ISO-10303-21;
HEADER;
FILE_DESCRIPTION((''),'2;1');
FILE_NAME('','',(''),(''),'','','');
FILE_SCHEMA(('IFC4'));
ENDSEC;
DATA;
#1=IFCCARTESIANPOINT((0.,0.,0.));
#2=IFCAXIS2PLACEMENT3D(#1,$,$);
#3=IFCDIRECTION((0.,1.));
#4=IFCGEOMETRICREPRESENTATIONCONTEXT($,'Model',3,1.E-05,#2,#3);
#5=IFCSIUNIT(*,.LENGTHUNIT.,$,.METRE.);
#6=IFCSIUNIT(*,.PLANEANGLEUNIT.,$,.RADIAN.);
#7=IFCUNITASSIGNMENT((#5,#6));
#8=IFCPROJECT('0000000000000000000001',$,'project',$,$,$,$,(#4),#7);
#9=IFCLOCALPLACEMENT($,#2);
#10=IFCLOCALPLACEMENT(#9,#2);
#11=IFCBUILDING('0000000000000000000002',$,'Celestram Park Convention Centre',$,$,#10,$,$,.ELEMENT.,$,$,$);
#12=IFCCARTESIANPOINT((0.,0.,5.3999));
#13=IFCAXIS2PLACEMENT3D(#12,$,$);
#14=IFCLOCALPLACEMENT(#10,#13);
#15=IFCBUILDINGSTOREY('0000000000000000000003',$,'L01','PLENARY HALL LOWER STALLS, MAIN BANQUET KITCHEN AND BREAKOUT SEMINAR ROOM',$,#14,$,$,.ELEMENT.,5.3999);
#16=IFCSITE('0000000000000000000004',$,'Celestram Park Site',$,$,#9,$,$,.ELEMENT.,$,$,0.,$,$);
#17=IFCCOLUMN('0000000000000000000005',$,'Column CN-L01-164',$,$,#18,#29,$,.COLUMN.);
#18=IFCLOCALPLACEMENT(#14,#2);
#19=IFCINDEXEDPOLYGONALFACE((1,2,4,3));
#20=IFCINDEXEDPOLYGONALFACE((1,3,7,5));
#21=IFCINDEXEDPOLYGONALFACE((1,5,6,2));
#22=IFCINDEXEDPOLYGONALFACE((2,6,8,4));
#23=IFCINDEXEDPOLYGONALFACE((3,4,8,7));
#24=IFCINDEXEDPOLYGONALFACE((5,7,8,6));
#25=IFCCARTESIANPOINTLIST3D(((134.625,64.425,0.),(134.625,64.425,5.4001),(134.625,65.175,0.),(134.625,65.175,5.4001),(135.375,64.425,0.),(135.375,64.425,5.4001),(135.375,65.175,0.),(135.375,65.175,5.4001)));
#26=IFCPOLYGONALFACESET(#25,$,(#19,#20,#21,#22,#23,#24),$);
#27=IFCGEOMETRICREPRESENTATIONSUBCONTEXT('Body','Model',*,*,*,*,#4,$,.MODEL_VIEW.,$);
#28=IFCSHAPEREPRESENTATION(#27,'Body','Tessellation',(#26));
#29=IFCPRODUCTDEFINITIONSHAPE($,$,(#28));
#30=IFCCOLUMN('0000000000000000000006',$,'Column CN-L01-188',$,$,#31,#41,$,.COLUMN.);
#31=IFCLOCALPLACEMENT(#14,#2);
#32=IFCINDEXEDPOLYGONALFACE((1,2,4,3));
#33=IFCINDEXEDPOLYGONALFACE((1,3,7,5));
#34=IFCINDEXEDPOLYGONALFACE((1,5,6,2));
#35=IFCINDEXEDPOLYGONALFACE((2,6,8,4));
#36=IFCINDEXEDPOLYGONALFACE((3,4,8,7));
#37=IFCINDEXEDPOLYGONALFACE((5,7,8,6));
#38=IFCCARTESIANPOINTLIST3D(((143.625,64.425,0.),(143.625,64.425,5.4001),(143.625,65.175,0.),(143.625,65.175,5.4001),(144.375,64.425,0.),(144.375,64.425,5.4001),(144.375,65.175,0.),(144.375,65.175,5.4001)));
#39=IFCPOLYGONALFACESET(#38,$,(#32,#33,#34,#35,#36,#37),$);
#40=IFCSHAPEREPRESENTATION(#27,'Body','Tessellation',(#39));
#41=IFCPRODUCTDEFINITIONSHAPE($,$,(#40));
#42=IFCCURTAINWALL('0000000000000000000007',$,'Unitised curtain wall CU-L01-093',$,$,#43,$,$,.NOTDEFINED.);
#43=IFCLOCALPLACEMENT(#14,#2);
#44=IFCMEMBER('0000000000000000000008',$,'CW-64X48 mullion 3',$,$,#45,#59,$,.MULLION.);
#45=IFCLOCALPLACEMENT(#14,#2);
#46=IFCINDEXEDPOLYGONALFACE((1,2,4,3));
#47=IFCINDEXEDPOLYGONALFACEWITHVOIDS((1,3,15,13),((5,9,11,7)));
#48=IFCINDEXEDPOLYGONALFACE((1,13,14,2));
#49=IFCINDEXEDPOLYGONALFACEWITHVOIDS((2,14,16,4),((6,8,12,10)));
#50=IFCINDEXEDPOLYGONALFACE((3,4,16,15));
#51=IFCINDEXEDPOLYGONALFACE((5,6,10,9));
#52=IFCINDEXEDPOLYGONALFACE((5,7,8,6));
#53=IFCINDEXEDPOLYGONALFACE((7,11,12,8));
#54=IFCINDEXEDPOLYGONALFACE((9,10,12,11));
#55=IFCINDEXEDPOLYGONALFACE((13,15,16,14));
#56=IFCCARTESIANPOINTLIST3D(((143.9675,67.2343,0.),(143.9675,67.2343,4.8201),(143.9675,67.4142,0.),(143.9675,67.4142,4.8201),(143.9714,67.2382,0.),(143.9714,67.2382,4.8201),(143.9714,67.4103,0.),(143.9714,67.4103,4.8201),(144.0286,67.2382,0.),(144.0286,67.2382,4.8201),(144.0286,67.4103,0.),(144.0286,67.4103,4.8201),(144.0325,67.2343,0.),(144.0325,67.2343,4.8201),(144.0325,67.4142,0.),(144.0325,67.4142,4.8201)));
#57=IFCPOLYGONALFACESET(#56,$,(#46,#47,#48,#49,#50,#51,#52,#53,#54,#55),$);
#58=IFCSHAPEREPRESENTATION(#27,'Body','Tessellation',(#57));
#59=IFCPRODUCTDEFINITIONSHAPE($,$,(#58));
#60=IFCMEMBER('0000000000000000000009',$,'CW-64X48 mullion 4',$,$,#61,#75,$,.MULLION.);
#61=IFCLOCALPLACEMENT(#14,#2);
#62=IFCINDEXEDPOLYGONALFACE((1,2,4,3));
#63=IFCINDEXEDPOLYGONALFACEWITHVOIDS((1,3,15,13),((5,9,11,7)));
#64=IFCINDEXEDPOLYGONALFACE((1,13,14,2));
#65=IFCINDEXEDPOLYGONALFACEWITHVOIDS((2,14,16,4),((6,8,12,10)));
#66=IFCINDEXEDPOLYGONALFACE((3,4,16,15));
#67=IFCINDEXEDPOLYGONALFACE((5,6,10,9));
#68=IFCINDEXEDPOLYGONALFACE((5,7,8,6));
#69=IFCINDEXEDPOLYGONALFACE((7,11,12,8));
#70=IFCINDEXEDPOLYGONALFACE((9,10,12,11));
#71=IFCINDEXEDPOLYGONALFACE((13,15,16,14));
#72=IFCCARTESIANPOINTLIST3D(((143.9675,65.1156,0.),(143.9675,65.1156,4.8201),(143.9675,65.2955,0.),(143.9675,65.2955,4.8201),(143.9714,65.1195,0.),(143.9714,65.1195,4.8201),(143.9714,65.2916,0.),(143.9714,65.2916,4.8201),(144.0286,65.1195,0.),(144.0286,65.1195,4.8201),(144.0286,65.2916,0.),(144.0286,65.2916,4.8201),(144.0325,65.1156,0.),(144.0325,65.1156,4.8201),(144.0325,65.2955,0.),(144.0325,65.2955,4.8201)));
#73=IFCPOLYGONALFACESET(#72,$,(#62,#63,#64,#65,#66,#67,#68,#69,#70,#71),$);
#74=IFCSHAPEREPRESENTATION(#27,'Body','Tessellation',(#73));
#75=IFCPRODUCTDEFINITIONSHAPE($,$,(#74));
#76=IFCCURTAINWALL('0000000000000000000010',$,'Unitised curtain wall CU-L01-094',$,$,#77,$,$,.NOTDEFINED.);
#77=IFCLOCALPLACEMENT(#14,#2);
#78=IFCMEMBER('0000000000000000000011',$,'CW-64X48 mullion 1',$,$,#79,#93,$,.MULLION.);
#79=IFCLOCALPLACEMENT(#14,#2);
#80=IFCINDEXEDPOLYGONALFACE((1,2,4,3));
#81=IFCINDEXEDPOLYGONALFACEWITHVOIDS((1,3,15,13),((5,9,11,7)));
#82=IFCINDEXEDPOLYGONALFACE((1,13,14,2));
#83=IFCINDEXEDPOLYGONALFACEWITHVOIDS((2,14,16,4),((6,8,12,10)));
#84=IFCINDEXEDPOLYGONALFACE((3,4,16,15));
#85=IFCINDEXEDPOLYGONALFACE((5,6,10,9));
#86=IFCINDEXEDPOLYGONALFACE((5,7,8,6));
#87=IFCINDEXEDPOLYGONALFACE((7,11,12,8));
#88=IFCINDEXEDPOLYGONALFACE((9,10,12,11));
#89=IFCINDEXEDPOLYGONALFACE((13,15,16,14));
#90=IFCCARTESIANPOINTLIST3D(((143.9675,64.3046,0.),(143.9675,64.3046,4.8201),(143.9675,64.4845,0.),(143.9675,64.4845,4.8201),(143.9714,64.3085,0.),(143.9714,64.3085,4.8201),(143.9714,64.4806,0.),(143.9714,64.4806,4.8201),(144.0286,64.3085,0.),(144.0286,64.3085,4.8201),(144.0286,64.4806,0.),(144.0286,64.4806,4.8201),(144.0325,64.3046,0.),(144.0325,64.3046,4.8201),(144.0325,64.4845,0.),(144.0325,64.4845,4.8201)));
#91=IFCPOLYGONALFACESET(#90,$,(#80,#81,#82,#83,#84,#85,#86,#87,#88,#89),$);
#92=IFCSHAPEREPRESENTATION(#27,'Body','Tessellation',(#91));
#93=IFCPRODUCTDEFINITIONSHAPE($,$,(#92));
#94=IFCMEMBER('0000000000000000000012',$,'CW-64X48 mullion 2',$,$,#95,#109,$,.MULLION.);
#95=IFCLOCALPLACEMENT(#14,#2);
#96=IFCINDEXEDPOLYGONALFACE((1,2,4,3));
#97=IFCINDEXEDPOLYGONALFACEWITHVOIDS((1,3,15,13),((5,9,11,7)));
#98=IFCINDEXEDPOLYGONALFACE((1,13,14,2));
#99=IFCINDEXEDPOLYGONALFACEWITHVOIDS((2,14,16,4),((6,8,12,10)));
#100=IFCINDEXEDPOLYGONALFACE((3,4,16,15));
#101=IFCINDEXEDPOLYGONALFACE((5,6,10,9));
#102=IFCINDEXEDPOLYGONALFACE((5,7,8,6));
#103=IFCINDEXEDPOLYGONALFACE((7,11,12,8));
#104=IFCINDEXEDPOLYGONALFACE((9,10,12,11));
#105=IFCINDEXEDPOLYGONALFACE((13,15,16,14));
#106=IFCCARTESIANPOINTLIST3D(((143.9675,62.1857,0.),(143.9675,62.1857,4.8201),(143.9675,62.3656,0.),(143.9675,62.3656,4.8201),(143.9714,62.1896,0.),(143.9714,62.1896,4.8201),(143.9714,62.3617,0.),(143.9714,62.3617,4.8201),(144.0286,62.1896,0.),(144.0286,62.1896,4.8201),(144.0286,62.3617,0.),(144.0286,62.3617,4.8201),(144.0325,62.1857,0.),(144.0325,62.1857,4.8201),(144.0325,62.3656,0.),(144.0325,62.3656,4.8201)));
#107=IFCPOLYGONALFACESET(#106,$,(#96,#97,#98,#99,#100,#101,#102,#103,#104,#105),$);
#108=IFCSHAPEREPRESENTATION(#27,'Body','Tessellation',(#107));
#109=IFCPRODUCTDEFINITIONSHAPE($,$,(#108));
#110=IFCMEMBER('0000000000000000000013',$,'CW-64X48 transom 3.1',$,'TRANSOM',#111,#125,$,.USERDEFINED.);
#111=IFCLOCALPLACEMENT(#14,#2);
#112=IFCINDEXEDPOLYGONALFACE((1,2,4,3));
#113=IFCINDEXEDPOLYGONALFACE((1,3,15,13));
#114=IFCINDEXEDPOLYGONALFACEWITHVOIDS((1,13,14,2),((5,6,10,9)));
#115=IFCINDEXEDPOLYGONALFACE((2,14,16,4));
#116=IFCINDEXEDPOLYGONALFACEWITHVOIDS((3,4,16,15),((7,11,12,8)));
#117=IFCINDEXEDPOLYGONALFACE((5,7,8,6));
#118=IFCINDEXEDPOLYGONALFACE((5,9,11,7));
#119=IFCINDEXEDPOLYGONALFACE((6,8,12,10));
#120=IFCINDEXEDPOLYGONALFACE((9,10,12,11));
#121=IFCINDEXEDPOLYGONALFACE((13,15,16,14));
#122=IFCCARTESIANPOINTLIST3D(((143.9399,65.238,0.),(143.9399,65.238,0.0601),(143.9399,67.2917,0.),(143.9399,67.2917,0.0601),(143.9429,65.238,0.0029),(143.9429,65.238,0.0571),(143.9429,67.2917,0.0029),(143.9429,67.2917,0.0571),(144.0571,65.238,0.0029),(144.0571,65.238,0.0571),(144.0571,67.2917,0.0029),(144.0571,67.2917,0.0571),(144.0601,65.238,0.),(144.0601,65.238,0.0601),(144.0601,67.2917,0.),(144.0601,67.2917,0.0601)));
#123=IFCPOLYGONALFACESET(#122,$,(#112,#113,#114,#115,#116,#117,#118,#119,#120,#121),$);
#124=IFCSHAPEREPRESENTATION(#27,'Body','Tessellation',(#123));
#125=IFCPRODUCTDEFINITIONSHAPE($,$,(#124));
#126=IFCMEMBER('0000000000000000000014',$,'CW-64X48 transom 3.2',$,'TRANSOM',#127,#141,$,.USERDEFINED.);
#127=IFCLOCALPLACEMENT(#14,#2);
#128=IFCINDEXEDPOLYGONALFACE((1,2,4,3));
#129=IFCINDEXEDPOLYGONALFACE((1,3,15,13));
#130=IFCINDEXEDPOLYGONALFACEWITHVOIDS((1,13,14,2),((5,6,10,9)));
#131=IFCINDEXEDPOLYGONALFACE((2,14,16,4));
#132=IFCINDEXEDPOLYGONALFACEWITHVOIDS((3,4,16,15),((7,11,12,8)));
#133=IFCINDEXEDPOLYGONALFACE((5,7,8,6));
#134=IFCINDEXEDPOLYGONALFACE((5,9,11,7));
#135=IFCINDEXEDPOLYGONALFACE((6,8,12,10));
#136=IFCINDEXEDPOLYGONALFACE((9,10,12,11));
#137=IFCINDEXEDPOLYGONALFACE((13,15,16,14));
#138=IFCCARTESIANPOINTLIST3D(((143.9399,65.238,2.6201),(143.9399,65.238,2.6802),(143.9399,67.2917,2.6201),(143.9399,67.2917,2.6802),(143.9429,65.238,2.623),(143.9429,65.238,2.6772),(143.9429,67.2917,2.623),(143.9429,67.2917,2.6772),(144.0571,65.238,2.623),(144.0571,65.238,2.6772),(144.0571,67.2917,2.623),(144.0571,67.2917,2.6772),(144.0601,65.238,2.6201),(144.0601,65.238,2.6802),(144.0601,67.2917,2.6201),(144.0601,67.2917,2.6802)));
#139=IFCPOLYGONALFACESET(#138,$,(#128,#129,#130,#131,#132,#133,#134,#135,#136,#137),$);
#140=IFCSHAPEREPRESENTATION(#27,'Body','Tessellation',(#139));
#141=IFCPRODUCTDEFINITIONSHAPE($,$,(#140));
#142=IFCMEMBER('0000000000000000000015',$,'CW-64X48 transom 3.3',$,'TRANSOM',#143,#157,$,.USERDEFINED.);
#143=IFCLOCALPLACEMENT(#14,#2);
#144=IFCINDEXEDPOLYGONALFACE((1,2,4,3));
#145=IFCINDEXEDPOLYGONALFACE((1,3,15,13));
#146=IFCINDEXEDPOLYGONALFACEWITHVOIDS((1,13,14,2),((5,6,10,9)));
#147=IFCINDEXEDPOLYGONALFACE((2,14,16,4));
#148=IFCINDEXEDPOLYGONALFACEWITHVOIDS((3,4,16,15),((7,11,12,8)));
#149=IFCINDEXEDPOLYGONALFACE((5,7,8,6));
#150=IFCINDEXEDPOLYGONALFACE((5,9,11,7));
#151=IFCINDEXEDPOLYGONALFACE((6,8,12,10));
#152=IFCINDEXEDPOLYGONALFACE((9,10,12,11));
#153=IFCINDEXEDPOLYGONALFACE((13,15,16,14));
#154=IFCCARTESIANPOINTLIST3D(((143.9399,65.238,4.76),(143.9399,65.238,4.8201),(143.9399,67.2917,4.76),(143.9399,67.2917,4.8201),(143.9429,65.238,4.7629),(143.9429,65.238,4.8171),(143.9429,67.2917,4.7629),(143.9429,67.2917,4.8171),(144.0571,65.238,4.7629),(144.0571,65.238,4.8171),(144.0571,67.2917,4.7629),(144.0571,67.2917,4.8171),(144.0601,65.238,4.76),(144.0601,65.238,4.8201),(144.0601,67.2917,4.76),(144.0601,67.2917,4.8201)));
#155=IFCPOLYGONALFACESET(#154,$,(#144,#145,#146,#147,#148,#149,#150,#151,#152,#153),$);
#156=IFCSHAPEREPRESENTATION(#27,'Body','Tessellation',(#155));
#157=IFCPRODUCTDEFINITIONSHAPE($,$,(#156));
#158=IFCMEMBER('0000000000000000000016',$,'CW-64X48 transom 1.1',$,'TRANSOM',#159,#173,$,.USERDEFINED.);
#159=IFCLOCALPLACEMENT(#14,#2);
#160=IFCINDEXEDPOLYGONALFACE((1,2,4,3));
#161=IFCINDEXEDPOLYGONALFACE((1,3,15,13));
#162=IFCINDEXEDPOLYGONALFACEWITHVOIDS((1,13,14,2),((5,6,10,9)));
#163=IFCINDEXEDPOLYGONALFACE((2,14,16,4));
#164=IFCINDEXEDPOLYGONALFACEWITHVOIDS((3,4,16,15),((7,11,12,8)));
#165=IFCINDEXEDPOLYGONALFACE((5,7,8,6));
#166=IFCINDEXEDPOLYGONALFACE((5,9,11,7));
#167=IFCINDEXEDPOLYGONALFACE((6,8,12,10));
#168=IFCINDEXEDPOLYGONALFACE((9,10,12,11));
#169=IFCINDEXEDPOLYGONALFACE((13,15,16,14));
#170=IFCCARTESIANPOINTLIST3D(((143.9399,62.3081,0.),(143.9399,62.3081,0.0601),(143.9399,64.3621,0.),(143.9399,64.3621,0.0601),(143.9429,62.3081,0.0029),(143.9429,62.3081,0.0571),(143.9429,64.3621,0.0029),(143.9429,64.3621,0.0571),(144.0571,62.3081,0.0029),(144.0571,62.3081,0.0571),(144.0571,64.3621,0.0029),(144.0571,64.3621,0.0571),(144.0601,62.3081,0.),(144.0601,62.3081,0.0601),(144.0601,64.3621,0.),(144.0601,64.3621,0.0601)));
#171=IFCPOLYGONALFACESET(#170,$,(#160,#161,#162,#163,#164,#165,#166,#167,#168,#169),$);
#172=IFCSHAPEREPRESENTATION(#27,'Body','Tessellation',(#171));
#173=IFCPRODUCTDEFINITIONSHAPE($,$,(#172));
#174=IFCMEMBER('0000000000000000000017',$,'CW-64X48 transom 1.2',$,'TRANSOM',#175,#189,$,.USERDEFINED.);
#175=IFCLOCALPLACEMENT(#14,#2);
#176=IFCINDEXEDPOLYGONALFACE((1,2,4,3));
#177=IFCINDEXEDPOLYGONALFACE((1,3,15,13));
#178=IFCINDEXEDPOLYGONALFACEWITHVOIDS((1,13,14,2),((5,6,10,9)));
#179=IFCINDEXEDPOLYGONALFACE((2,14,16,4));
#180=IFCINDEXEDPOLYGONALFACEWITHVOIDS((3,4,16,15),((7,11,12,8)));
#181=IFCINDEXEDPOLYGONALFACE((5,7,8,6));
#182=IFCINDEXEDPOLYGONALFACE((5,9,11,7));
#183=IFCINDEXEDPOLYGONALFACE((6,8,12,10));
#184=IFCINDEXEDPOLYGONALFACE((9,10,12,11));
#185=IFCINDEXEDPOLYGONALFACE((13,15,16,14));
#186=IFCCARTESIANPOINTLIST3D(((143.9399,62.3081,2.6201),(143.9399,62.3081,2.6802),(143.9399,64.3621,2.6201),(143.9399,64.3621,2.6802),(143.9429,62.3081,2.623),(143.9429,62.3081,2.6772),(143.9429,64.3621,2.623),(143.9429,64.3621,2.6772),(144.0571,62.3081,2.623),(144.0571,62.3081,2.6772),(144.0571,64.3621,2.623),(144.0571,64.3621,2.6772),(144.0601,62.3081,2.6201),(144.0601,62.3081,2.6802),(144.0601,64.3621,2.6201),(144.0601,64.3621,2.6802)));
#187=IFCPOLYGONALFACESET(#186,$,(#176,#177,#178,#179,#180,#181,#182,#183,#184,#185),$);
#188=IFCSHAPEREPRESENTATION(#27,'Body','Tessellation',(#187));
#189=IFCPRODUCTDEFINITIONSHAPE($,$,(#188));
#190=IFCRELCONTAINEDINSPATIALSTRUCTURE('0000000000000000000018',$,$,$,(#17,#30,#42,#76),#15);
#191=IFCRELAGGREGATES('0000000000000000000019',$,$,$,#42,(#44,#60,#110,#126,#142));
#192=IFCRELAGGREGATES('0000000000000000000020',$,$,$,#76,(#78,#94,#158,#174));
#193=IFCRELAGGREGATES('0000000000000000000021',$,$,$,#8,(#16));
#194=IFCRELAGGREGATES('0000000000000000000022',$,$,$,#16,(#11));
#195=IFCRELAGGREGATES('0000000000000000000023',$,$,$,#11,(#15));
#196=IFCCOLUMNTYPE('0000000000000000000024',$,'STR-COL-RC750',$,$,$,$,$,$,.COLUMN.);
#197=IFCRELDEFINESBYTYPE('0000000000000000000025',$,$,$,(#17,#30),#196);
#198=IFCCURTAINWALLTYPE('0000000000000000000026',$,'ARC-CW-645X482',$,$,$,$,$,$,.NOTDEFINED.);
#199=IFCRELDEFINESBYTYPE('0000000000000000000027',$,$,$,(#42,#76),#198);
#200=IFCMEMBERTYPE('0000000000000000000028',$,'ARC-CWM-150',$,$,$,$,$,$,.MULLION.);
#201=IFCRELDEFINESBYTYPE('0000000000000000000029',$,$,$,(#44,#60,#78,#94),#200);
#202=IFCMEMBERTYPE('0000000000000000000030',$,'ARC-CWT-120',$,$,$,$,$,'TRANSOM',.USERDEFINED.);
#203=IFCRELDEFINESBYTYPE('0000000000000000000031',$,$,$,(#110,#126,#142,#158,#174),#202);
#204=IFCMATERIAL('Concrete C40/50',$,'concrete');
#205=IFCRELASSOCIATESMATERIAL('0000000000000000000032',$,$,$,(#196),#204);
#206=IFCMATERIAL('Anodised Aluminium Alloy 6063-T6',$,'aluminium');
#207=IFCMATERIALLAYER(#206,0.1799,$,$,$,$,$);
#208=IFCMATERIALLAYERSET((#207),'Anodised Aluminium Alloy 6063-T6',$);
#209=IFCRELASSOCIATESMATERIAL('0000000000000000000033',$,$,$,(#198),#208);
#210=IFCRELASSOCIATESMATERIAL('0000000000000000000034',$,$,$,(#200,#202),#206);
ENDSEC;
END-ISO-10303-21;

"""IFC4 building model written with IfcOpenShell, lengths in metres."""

from ifc_helpers import new_model, si_unit, direction, frame, origin, origin_2d, place, context, subcontext, project, spatial, rectangle, hollow_rectangle, extrude, material, layer, layer_set, material_profile, profile_set, type_object, element, aggregate, save


model = new_model("IFC4")

# Units and contexts
model_context = context("Model", 3, precision=1e-05, world=origin(), true_north=direction((0.0, 1.0)))
body_context = subcontext(model_context, "Body", "Model", "MODEL_VIEW")
ifc_project = project(units=[si_unit("LENGTHUNIT", "METRE"), si_unit("PLANEANGLEUNIT", "RADIAN")], contexts=[model_context])

# Site, building, storey
site_placement = place(None, origin())
site = spatial("IfcSite", under=ifc_project, at=site_placement, Name="Celestram Park Site", CompositionType="ELEMENT", RefElevation=0.0)
building_placement = place(site_placement, origin())
building = spatial("IfcBuilding", under=site, at=building_placement, Name="Celestram Park Convention Centre", CompositionType="ELEMENT")
storey_placement = place(building_placement, frame((0.0, 0.0, 5.3999)))
storey = spatial("IfcBuildingStorey", under=building, at=storey_placement, Name="L01", Description="PLENARY HALL LOWER STALLS, MAIN BANQUET KITCHEN AND BREAKOUT SEMINAR ROOM", CompositionType="ELEMENT", Elevation=5.3999)

# Columns
ifc_material_1 = material(Name="Concrete C40/50", Category="concrete")
ifc_material_profile_1 = material_profile(ifc_material_1, rectangle(XDim=0.75, YDim=0.75, at=origin_2d()), Name="RC750X750")
ifc_profile_set_1 = profile_set([ifc_material_profile_1], Name="Concrete C40/50")
column_type = type_object("IfcColumnType", Name="STR-COL-RC750", PredefinedType="COLUMN", material=ifc_profile_set_1)
for number, where, z_axis, x_axis, name in (
    (1, (135.0, 64.8, 0.0), (0.0, 0.0, 1.0), (1.0, 0.0, 0.0), "Column CN-L01-164"),
    (2, (144.0, 64.8, 0.0), (0.0, 0.0, 1.0), (1.0, 0.0, 0.0), "Column CN-L01-188"),
):
    element("IfcColumn", number, at=place(storey_placement, frame(where, z_axis=z_axis, x_axis=x_axis)), inside=storey, type_object=column_type, Name=name, PredefinedType="COLUMN", context=body_context, shape_type="SweptSolid", body=[
        extrude(rectangle(XDim=0.75, YDim=0.75, at=origin_2d()), origin(), (0.0, 0.0, 1.0), 5.4001),
    ])

# Curtain walls, members
ifc_material_2 = material(Name="Anodised Aluminium Alloy 6063-T6", Category="aluminium")
ifc_layer_1 = layer(ifc_material_2, 0.1799)
ifc_layer_set_1 = layer_set([ifc_layer_1], Name="Anodised Aluminium Alloy 6063-T6")
curtain_wall_type = type_object("IfcCurtainWallType", Name="ARC-CW-645X482", PredefinedType="NOTDEFINED", material=ifc_layer_set_1)
curtain_wall_1_placement = place(storey_placement, origin())
curtain_wall_1 = element("IfcCurtainWall", 3, at=curtain_wall_1_placement, inside=storey, type_object=curtain_wall_type, Name="Unitised curtain wall CU-L01-093", PredefinedType="NOTDEFINED")
ifc_material_profile_2 = material_profile(ifc_material_2, hollow_rectangle(XDim=0.0649, YDim=0.1799, WallThickness=0.0039, at=origin_2d()), Name="ALU65X180X4")
ifc_profile_set_2 = profile_set([ifc_material_profile_2], Name="Anodised Aluminium Alloy 6063-T6")
member_type_1 = type_object("IfcMemberType", Name="ARC-CWM-150", PredefinedType="MULLION", material=ifc_profile_set_2)
member_1_placement = place(storey_placement, frame((144.0, 67.3242, 0.0), z_axis=(0.0, 0.0, 1.0), x_axis=(1.0, 0.0, 0.0)))
member_1 = element("IfcMember", 4, at=member_1_placement, type_object=member_type_1, Name="CW-64X48 mullion 3", PredefinedType="MULLION", context=body_context, shape_type="SweptSolid", body=[
    extrude(hollow_rectangle(XDim=0.0649, YDim=0.1799, WallThickness=0.0039, at=origin_2d()), origin(), (0.0, 0.0, 1.0), 4.8201),
])
member_2_placement = place(storey_placement, frame((144.0, 65.2056, 0.0), z_axis=(0.0, 0.0, 1.0), x_axis=(1.0, 0.0, 0.0)))
member_2 = element("IfcMember", 5, at=member_2_placement, type_object=member_type_1, Name="CW-64X48 mullion 4", PredefinedType="MULLION", context=body_context, shape_type="SweptSolid", body=[
    extrude(hollow_rectangle(XDim=0.0649, YDim=0.1799, WallThickness=0.0039, at=origin_2d()), origin(), (0.0, 0.0, 1.0), 4.8201),
])
curtain_wall_2_placement = place(storey_placement, origin())
curtain_wall_2 = element("IfcCurtainWall", 6, at=curtain_wall_2_placement, inside=storey, type_object=curtain_wall_type, Name="Unitised curtain wall CU-L01-094", PredefinedType="NOTDEFINED")
member_3_placement = place(storey_placement, frame((144.0, 64.3945, 0.0), z_axis=(0.0, 0.0, 1.0), x_axis=(1.0, 0.0, 0.0)))
member_3 = element("IfcMember", 7, at=member_3_placement, type_object=member_type_1, Name="CW-64X48 mullion 1", PredefinedType="MULLION", context=body_context, shape_type="SweptSolid", body=[
    extrude(hollow_rectangle(XDim=0.0649, YDim=0.1799, WallThickness=0.0039, at=origin_2d()), origin(), (0.0, 0.0, 1.0), 4.8201),
])
member_4_placement = place(storey_placement, frame((144.0, 62.2756, 0.0), z_axis=(0.0, 0.0, 1.0), x_axis=(1.0, 0.0, 0.0)))
member_4 = element("IfcMember", 8, at=member_4_placement, type_object=member_type_1, Name="CW-64X48 mullion 2", PredefinedType="MULLION", context=body_context, shape_type="SweptSolid", body=[
    extrude(hollow_rectangle(XDim=0.0649, YDim=0.1799, WallThickness=0.0039, at=origin_2d()), origin(), (0.0, 0.0, 1.0), 4.8201),
])

# Members
ifc_material_profile_3 = material_profile(ifc_material_2, hollow_rectangle(XDim=0.1201, YDim=0.0601, WallThickness=0.0029, at=origin_2d()), Name="ALU120X60X3")
ifc_profile_set_3 = profile_set([ifc_material_profile_3], Name="Anodised Aluminium Alloy 6063-T6")
member_type_2 = type_object("IfcMemberType", Name="ARC-CWT-120", ElementType="TRANSOM", PredefinedType="USERDEFINED", material=ifc_profile_set_3)
member_5_placement = place(storey_placement, frame((144.0, 67.2917, 0.03), z_axis=(0.0, -1.0, 0.0), x_axis=(1.0, 0.0, 0.0)))
member_5 = element("IfcMember", 9, at=member_5_placement, type_object=member_type_2, Name="CW-64X48 transom 3.1", ObjectType="TRANSOM", PredefinedType="USERDEFINED", context=body_context, shape_type="SweptSolid", body=[
    extrude(hollow_rectangle(XDim=0.1201, YDim=0.0601, WallThickness=0.0029, at=origin_2d()), origin(), (0.0, 0.0, 1.0), 2.0537),
])
member_6_placement = place(storey_placement, frame((144.0, 67.2917, 2.6501), z_axis=(0.0, -1.0, 0.0), x_axis=(1.0, 0.0, 0.0)))
member_6 = element("IfcMember", 10, at=member_6_placement, type_object=member_type_2, Name="CW-64X48 transom 3.2", ObjectType="TRANSOM", PredefinedType="USERDEFINED", context=body_context, shape_type="SweptSolid", body=[
    extrude(hollow_rectangle(XDim=0.1201, YDim=0.0601, WallThickness=0.0029, at=origin_2d()), origin(), (0.0, 0.0, 1.0), 2.0537),
])
member_7_placement = place(storey_placement, frame((144.0, 67.2917, 4.79), z_axis=(0.0, -1.0, 0.0), x_axis=(1.0, 0.0, 0.0)))
member_7 = element("IfcMember", 11, at=member_7_placement, type_object=member_type_2, Name="CW-64X48 transom 3.3", ObjectType="TRANSOM", PredefinedType="USERDEFINED", context=body_context, shape_type="SweptSolid", body=[
    extrude(hollow_rectangle(XDim=0.1201, YDim=0.0601, WallThickness=0.0029, at=origin_2d()), origin(), (0.0, 0.0, 1.0), 2.0537),
])
member_8_placement = place(storey_placement, frame((144.0, 64.3621, 0.03), z_axis=(0.0, -1.0, 0.0), x_axis=(1.0, 0.0, 0.0)))
member_8 = element("IfcMember", 12, at=member_8_placement, type_object=member_type_2, Name="CW-64X48 transom 1.1", ObjectType="TRANSOM", PredefinedType="USERDEFINED", context=body_context, shape_type="SweptSolid", body=[
    extrude(hollow_rectangle(XDim=0.1201, YDim=0.0601, WallThickness=0.0029, at=origin_2d()), origin(), (0.0, 0.0, 1.0), 2.054),
])
member_9_placement = place(storey_placement, frame((144.0, 64.3621, 2.6501), z_axis=(0.0, -1.0, 0.0), x_axis=(1.0, 0.0, 0.0)))
member_9 = element("IfcMember", 13, at=member_9_placement, type_object=member_type_2, Name="CW-64X48 transom 1.2", ObjectType="TRANSOM", PredefinedType="USERDEFINED", context=body_context, shape_type="SweptSolid", body=[
    extrude(hollow_rectangle(XDim=0.1201, YDim=0.0601, WallThickness=0.0029, at=origin_2d()), origin(), (0.0, 0.0, 1.0), 2.054),
])

aggregate(curtain_wall_1, [member_1, member_2, member_5, member_6, member_7])
aggregate(curtain_wall_2, [member_3, member_4, member_8, member_9])

save(model, "model.ifc")
